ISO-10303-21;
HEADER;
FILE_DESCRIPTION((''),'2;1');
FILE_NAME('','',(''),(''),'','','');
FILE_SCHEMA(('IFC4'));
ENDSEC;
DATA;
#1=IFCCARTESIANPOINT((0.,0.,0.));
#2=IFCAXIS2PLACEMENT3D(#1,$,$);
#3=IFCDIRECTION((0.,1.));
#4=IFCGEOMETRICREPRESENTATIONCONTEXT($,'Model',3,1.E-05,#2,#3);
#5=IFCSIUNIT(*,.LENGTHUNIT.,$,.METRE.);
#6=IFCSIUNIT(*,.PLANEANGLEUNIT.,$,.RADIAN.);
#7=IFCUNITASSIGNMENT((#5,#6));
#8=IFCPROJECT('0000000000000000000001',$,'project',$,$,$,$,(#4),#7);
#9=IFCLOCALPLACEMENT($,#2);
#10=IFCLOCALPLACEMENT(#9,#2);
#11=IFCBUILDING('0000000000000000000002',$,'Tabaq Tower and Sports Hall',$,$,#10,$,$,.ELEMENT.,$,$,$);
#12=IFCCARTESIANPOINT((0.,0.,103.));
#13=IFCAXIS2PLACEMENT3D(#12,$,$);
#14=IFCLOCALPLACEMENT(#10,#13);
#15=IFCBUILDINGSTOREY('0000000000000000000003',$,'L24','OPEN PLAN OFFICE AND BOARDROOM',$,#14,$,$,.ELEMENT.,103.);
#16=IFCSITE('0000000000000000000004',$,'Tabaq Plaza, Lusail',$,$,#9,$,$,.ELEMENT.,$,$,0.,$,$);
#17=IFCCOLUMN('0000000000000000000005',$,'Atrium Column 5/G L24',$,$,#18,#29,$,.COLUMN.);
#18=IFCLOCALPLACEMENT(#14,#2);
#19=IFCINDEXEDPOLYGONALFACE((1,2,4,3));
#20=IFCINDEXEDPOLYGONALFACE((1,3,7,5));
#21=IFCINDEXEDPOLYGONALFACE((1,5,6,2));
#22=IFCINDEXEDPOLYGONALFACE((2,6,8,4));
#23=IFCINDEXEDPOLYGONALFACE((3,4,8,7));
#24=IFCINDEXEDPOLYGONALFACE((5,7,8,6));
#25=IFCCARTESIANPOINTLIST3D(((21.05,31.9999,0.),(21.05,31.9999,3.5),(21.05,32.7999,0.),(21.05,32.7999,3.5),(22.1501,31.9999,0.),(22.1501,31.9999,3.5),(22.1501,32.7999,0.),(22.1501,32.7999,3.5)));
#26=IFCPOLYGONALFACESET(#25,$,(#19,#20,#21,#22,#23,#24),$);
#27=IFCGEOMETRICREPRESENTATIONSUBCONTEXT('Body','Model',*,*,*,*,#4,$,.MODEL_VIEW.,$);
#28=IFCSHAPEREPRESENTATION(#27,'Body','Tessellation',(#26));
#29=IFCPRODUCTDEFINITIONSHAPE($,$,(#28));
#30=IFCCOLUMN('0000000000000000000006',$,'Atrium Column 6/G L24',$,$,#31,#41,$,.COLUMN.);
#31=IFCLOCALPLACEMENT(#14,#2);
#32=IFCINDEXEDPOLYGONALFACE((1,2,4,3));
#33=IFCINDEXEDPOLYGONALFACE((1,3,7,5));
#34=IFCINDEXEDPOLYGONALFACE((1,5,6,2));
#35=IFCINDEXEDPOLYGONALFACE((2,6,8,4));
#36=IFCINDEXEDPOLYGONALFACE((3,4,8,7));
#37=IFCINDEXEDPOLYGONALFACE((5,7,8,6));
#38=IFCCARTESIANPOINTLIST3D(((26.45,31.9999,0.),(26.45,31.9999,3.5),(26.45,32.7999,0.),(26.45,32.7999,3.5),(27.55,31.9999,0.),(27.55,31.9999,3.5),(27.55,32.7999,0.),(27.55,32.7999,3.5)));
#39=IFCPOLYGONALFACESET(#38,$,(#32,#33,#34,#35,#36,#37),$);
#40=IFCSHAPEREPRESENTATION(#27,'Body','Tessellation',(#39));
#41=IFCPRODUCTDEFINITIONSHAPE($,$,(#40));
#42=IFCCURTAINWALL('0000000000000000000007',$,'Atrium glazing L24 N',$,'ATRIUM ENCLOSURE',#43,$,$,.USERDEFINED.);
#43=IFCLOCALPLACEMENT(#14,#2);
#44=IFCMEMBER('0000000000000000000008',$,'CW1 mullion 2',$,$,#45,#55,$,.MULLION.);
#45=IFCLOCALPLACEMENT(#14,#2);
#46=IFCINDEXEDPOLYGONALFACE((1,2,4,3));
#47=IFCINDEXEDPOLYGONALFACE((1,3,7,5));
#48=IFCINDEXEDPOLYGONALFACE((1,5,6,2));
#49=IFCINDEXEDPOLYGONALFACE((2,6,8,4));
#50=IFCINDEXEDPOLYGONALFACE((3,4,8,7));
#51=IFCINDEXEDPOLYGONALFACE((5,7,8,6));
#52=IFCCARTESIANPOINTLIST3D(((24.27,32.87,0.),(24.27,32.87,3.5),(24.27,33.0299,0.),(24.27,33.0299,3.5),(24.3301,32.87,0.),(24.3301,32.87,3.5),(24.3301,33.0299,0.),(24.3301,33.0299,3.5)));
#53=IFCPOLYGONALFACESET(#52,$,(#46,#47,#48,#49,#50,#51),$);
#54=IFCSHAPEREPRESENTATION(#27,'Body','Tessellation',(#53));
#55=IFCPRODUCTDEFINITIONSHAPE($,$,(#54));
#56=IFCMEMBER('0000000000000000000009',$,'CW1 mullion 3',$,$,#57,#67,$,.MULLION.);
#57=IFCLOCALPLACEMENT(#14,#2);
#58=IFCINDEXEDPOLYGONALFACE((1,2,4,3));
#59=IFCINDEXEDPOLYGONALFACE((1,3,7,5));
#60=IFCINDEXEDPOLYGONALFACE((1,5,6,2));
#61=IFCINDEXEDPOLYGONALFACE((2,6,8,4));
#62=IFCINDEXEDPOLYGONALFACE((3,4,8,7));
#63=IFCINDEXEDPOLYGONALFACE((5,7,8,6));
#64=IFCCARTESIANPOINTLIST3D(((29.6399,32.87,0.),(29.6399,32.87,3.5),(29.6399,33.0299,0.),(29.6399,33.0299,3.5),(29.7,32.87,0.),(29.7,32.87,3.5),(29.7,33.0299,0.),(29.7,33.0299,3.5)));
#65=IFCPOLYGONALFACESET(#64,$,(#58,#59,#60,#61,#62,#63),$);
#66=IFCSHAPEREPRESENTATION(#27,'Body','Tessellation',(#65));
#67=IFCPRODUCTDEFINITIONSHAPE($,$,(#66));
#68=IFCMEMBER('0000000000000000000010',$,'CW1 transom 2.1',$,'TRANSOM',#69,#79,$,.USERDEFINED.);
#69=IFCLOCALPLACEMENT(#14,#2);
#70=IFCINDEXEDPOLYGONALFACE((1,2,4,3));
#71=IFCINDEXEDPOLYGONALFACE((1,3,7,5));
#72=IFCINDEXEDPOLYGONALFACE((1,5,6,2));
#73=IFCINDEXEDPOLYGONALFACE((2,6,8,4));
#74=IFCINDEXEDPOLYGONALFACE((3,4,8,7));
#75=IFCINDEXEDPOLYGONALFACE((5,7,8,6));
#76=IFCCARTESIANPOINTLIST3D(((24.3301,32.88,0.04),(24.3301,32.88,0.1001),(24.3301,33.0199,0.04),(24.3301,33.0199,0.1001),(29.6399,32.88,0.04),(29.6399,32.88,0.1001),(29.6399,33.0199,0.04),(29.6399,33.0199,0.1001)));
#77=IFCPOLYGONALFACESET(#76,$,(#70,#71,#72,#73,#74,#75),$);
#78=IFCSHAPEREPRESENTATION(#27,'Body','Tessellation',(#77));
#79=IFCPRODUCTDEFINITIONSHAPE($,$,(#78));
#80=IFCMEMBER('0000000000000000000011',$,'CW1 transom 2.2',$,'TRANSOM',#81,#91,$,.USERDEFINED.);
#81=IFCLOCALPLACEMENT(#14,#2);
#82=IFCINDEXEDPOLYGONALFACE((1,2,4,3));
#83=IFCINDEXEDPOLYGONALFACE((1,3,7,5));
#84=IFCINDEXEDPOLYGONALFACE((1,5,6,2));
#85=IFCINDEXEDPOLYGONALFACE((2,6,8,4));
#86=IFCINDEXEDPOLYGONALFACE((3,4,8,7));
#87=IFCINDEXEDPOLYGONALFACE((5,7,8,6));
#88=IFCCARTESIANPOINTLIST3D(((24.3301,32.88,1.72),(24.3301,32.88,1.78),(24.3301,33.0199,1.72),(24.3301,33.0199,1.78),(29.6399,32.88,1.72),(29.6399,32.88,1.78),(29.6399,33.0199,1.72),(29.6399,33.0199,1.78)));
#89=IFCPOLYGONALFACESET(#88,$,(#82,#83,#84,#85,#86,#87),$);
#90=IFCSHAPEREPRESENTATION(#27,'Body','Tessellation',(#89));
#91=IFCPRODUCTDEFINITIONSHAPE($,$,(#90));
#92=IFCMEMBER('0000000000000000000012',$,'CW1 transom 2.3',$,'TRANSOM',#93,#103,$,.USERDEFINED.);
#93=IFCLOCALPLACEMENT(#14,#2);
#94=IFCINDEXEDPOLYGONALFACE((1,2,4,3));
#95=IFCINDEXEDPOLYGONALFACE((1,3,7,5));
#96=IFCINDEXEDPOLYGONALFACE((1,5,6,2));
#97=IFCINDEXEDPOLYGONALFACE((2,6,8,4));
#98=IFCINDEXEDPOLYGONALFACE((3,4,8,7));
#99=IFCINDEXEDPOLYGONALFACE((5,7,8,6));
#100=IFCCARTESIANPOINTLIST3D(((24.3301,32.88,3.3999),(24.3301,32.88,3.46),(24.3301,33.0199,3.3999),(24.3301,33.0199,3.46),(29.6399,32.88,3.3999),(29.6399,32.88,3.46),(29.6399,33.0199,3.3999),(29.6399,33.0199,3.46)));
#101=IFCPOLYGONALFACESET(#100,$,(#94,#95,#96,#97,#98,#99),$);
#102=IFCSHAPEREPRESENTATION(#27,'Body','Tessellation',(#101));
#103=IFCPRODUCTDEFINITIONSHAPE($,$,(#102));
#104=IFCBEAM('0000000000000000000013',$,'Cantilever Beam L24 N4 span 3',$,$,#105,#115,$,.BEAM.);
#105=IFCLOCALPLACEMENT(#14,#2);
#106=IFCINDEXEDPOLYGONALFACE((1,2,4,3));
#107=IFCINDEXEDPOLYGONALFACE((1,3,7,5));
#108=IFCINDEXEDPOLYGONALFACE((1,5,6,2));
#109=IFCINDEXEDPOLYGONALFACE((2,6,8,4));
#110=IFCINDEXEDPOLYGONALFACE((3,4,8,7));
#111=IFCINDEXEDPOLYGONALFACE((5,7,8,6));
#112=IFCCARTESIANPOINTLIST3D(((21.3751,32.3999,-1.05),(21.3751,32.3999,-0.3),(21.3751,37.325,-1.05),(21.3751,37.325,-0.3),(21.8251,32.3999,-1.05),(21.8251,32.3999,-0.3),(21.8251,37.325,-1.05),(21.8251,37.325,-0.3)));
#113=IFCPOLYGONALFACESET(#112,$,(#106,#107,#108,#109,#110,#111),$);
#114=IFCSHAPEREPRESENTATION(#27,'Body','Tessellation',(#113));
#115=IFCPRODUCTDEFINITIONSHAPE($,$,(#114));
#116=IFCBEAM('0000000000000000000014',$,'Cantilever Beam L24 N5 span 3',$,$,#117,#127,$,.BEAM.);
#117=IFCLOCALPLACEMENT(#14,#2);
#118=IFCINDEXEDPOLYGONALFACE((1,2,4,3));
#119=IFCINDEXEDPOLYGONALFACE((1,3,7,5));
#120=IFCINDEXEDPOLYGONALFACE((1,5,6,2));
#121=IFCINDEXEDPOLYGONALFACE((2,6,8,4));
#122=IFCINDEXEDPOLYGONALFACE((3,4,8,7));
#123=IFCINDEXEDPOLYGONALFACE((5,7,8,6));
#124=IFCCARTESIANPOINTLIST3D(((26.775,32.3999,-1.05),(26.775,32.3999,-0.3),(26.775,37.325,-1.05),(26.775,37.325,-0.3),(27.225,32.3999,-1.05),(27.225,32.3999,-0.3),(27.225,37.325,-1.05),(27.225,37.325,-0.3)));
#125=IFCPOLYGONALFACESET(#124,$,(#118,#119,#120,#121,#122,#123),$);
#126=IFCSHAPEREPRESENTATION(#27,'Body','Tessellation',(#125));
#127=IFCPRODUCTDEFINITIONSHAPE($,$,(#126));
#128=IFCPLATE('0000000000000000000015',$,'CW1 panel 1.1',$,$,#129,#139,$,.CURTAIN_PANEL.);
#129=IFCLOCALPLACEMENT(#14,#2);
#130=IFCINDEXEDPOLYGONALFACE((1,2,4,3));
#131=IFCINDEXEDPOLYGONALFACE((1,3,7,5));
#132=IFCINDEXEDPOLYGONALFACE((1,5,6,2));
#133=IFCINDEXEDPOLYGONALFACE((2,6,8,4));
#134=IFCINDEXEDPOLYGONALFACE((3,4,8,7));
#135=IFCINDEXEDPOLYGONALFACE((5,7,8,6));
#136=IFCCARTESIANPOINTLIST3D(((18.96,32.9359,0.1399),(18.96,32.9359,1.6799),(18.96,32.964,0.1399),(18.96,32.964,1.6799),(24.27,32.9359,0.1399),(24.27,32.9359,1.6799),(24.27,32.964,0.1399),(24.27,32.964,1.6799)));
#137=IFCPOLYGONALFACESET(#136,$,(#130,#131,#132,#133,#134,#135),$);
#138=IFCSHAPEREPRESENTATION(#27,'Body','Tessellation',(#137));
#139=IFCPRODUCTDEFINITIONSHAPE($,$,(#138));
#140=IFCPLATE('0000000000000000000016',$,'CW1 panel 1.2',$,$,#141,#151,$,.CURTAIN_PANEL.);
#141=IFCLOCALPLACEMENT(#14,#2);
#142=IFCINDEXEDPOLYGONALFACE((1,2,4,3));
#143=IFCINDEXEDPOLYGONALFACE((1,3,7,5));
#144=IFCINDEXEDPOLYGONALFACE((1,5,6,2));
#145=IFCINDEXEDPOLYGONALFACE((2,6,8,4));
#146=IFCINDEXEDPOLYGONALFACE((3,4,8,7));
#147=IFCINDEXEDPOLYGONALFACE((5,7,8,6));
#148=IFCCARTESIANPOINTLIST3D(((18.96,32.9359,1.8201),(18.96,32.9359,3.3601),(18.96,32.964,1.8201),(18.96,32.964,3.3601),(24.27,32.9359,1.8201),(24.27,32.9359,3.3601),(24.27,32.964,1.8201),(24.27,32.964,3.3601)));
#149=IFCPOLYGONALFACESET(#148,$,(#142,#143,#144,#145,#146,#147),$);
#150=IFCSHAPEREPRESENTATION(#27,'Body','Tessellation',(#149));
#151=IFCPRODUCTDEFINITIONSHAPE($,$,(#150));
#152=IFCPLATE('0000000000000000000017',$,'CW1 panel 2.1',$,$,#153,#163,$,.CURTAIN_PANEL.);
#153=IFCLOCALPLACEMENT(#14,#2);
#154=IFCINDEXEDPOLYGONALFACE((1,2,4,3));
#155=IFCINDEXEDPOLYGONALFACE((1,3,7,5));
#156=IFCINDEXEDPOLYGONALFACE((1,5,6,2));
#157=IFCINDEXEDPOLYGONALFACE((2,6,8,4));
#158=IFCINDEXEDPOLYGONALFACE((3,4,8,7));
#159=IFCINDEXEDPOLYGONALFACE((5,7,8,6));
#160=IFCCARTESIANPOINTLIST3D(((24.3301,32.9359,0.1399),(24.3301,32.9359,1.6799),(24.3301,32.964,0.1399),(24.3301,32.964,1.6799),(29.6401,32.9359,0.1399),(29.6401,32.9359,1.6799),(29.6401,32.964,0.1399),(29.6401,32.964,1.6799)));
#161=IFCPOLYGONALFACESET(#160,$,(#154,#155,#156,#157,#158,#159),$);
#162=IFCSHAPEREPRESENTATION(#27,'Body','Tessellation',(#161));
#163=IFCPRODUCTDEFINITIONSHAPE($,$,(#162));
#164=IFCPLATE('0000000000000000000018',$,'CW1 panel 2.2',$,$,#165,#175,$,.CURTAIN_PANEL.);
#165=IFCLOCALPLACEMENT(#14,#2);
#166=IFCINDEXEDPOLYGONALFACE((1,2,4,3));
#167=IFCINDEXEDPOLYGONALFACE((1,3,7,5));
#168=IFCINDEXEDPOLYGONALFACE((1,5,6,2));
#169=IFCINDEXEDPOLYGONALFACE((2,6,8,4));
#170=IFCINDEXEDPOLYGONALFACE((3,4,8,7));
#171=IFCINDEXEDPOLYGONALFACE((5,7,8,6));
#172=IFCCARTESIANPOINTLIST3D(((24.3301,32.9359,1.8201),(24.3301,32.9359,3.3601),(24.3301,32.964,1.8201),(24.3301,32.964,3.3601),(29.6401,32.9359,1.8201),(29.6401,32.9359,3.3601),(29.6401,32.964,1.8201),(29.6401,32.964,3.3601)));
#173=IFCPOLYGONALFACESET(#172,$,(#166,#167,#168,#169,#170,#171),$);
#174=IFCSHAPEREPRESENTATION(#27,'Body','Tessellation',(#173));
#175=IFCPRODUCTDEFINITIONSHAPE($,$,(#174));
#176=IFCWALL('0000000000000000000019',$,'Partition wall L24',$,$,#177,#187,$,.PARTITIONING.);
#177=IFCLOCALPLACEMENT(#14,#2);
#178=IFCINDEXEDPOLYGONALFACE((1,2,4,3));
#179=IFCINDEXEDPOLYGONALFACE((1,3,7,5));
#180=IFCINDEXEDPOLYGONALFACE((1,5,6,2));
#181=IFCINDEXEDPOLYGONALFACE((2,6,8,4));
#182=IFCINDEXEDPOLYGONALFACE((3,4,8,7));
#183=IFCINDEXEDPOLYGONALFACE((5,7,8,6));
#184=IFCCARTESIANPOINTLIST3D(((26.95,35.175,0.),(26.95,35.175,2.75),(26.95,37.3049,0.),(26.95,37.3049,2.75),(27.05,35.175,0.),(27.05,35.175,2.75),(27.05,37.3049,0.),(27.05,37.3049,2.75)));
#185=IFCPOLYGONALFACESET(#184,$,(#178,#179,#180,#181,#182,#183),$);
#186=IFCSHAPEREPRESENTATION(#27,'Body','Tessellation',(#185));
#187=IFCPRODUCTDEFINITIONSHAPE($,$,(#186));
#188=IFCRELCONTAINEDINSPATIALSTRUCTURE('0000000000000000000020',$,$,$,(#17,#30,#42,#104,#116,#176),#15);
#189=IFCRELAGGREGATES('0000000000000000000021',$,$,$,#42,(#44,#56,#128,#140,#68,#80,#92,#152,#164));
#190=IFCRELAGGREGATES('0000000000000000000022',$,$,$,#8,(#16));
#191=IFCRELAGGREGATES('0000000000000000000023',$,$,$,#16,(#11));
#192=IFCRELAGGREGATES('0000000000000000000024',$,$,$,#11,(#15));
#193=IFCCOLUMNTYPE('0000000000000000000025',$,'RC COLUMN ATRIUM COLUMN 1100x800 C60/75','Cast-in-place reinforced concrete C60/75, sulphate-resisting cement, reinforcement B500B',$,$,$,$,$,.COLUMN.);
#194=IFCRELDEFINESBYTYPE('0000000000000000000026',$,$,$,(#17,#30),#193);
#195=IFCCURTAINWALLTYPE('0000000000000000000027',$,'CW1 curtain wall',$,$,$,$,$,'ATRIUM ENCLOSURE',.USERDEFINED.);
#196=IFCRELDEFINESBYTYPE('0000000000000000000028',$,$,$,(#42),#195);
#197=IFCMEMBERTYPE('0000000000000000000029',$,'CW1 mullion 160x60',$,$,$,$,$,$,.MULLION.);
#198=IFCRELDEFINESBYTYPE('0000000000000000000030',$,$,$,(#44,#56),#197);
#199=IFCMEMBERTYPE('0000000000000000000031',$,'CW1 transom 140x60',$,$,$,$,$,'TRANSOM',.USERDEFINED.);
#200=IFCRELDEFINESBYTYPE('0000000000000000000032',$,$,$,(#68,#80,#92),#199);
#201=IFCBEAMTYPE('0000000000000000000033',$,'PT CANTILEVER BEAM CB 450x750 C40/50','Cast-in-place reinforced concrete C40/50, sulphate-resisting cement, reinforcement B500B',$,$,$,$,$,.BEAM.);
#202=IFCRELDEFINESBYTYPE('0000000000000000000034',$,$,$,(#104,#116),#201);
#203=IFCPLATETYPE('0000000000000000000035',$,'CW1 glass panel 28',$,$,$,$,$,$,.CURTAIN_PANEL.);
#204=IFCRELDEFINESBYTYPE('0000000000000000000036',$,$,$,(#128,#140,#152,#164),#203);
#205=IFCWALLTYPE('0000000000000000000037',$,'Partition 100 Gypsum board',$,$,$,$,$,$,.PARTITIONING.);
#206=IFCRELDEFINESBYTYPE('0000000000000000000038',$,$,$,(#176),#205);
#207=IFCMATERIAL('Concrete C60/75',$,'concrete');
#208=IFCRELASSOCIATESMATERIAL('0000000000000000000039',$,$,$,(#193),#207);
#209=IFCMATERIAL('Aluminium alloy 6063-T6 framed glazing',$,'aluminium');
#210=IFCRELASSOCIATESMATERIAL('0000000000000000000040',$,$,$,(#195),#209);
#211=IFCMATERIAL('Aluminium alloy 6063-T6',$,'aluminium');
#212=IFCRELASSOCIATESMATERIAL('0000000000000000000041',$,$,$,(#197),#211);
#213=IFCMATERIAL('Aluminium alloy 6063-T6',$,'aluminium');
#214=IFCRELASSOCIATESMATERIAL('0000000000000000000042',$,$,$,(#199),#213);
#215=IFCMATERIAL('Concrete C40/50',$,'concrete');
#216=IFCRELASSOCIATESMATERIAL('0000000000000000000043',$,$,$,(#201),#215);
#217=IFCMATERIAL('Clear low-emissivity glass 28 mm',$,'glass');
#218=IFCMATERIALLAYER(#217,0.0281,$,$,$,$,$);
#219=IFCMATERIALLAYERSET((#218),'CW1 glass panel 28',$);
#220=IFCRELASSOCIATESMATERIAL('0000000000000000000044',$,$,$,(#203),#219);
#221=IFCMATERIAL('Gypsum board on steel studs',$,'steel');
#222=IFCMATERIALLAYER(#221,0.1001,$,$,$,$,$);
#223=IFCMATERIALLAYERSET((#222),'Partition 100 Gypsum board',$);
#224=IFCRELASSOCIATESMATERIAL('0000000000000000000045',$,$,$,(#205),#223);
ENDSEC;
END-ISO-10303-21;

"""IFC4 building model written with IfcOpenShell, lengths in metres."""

from ifc_helpers import new_model, si_unit, direction, frame, frame_2d, origin, origin_2d, place, context, subcontext, project, spatial, rectangle, extrude, material, layer, layer_set, material_profile, profile_set, type_object, element, aggregate, save


model = new_model("IFC4")

# Units and contexts
model_context = context("Model", 3, precision=1e-05, world=origin(), true_north=direction((0.0, 1.0)))
body_context = subcontext(model_context, "Body", "Model", "MODEL_VIEW")
ifc_project = project(units=[si_unit("LENGTHUNIT", "METRE"), si_unit("PLANEANGLEUNIT", "RADIAN")], contexts=[model_context])

# Site, building, storey
site_placement = place(None, origin())
site = spatial("IfcSite", under=ifc_project, at=site_placement, Name="Tabaq Plaza, Lusail", CompositionType="ELEMENT", RefElevation=0.0)
building_placement = place(site_placement, origin())
building = spatial("IfcBuilding", under=site, at=building_placement, Name="Tabaq Tower and Sports Hall", CompositionType="ELEMENT")
storey_placement = place(building_placement, frame((0.0, 0.0, 103.0)))
storey = spatial("IfcBuildingStorey", under=building, at=storey_placement, Name="L24", Description="OPEN PLAN OFFICE AND BOARDROOM", CompositionType="ELEMENT", Elevation=103.0)

# Columns
ifc_material_1 = material(Name="Concrete C60/75", Category="concrete")
ifc_material_profile_1 = material_profile(ifc_material_1, rectangle(XDim=1.1001, YDim=0.8, at=origin_2d()), Name="ATRIUM COLUMN 1100x800")
ifc_profile_set_1 = profile_set([ifc_material_profile_1], Name="Concrete C60/75")
column_type = type_object("IfcColumnType", Name="RC COLUMN ATRIUM COLUMN 1100x800 C60/75", Description="Cast-in-place reinforced concrete C60/75, sulphate-resisting cement, reinforcement B500B", PredefinedType="COLUMN", material=ifc_profile_set_1)
for number, where, z_axis, x_axis, name in (
    (1, (21.6001, 32.3999, 0.0), (0.0, 0.0, 1.0), (1.0, 0.0, 0.0), "Atrium Column 5/G L24"),
    (2, (27.0, 32.3999, 0.0), (0.0, 0.0, 1.0), (1.0, 0.0, 0.0), "Atrium Column 6/G L24"),
):
    element("IfcColumn", number, at=place(storey_placement, frame(where, z_axis=z_axis, x_axis=x_axis)), inside=storey, type_object=column_type, Name=name, PredefinedType="COLUMN", context=body_context, shape_type="SweptSolid", body=[
        extrude(rectangle(XDim=1.1001, YDim=0.8, at=origin_2d()), origin(), (0.0, 0.0, 1.0), 3.5),
    ])

# Curtain wall, members
ifc_material_2 = material(Name="Aluminium alloy 6063-T6 framed glazing", Category="aluminium")
curtain_wall_type = type_object("IfcCurtainWallType", Name="CW1 curtain wall", ElementType="ATRIUM ENCLOSURE", PredefinedType="USERDEFINED", material=ifc_material_2)
curtain_wall_placement = place(storey_placement, origin())
curtain_wall = element("IfcCurtainWall", 3, at=curtain_wall_placement, inside=storey, type_object=curtain_wall_type, Name="Atrium glazing L24 N", ObjectType="ATRIUM ENCLOSURE", PredefinedType="USERDEFINED")
ifc_material_3 = material(Name="Aluminium alloy 6063-T6", Category="aluminium")
ifc_material_profile_2 = material_profile(ifc_material_3, rectangle(XDim=0.1599, YDim=0.0601, at=origin_2d()), Name="MULLION 160x60")
ifc_profile_set_2 = profile_set([ifc_material_profile_2], Name="Aluminium alloy 6063-T6")
member_type_1 = type_object("IfcMemberType", Name="CW1 mullion 160x60", PredefinedType="MULLION", material=ifc_profile_set_2)
member_1_placement = place(storey_placement, frame((24.3, 32.95, 0.0), z_axis=(0.0, 0.0, 1.0), x_axis=(0.0, 1.0, 0.0)))
member_1 = element("IfcMember", 4, at=member_1_placement, type_object=member_type_1, Name="CW1 mullion 2", PredefinedType="MULLION", context=body_context, shape_type="SweptSolid", body=[
    extrude(rectangle(XDim=0.1599, YDim=0.0601, at=origin_2d()), origin(), (0.0, 0.0, 1.0), 3.5),
])
member_2_placement = place(storey_placement, frame((29.6699, 32.95, 0.0), z_axis=(0.0, 0.0, 1.0), x_axis=(0.0, 1.0, 0.0)))
member_2 = element("IfcMember", 5, at=member_2_placement, type_object=member_type_1, Name="CW1 mullion 3", PredefinedType="MULLION", context=body_context, shape_type="SweptSolid", body=[
    extrude(rectangle(XDim=0.1599, YDim=0.0601, at=origin_2d()), origin(), (0.0, 0.0, 1.0), 3.5),
])
ifc_material_4 = material(Name="Aluminium alloy 6063-T6", Category="aluminium")
ifc_material_profile_3 = material_profile(ifc_material_4, rectangle(XDim=0.1399, YDim=0.0601, at=origin_2d()), Name="TRANSOM 140x60")
ifc_profile_set_3 = profile_set([ifc_material_profile_3], Name="Aluminium alloy 6063-T6")
member_type_2 = type_object("IfcMemberType", Name="CW1 transom 140x60", ElementType="TRANSOM", PredefinedType="USERDEFINED", material=ifc_profile_set_3)
member_3_placement = place(storey_placement, frame((24.3301, 32.95, 0.0701), z_axis=(1.0, 0.0, 0.0), x_axis=(0.0, 1.0, 0.0)))
member_3 = element("IfcMember", 6, at=member_3_placement, type_object=member_type_2, Name="CW1 transom 2.1", ObjectType="TRANSOM", PredefinedType="USERDEFINED", context=body_context, shape_type="SweptSolid", body=[
    extrude(rectangle(XDim=0.1399, YDim=0.0601, at=origin_2d()), origin(), (0.0, 0.0, 1.0), 5.3098),
])
member_4_placement = place(storey_placement, frame((24.3301, 32.95, 1.75), z_axis=(1.0, 0.0, 0.0), x_axis=(0.0, 1.0, 0.0)))
member_4 = element("IfcMember", 7, at=member_4_placement, type_object=member_type_2, Name="CW1 transom 2.2", ObjectType="TRANSOM", PredefinedType="USERDEFINED", context=body_context, shape_type="SweptSolid", body=[
    extrude(rectangle(XDim=0.1399, YDim=0.0601, at=origin_2d()), origin(), (0.0, 0.0, 1.0), 5.3098),
])
member_5_placement = place(storey_placement, frame((24.3301, 32.95, 3.4299), z_axis=(1.0, 0.0, 0.0), x_axis=(0.0, 1.0, 0.0)))
member_5 = element("IfcMember", 8, at=member_5_placement, type_object=member_type_2, Name="CW1 transom 2.3", ObjectType="TRANSOM", PredefinedType="USERDEFINED", context=body_context, shape_type="SweptSolid", body=[
    extrude(rectangle(XDim=0.1399, YDim=0.0601, at=origin_2d()), origin(), (0.0, 0.0, 1.0), 5.3098),
])

# Beams
ifc_material_5 = material(Name="Concrete C40/50", Category="concrete")
ifc_material_profile_4 = material_profile(ifc_material_5, rectangle(XDim=0.45, YDim=0.75, at=origin_2d()), Name="CB 450x750")
ifc_profile_set_4 = profile_set([ifc_material_profile_4], Name="Concrete C40/50")
beam_type = type_object("IfcBeamType", Name="PT CANTILEVER BEAM CB 450x750 C40/50", Description="Cast-in-place reinforced concrete C40/50, sulphate-resisting cement, reinforcement B500B", PredefinedType="BEAM", material=ifc_profile_set_4)
for number, where, z_axis, x_axis, name in (
    (9, (21.6001, 37.325, -0.675), (0.0, -1.0, 0.0), (1.0, 0.0, 0.0), "Cantilever Beam L24 N4 span 3"),
    (10, (27.0, 37.325, -0.675), (0.0, -1.0, 0.0), (1.0, 0.0, 0.0), "Cantilever Beam L24 N5 span 3"),
):
    element("IfcBeam", number, at=place(storey_placement, frame(where, z_axis=z_axis, x_axis=x_axis)), inside=storey, type_object=beam_type, Name=name, PredefinedType="BEAM", context=body_context, shape_type="SweptSolid", body=[
        extrude(rectangle(XDim=0.45, YDim=0.75, at=origin_2d()), origin(), (0.0, 0.0, 1.0), 4.925),
    ])

# Plates
ifc_material_6 = material(Name="Clear low-emissivity glass 28 mm", Category="glass")
ifc_layer_1 = layer(ifc_material_6, 0.0281)
ifc_layer_set_1 = layer_set([ifc_layer_1], Name="CW1 glass panel 28")
plate_type = type_object("IfcPlateType", Name="CW1 glass panel 28", PredefinedType="CURTAIN_PANEL", material=ifc_layer_set_1)
plate_1_placement = place(storey_placement, frame((21.615, 32.95, 0.1399), z_axis=(0.0, 0.0, 1.0), x_axis=(1.0, 0.0, 0.0)))
plate_1 = element("IfcPlate", 11, at=plate_1_placement, type_object=plate_type, Name="CW1 panel 1.1", PredefinedType="CURTAIN_PANEL", context=body_context, shape_type="SweptSolid", body=[
    extrude(rectangle(XDim=5.3101, YDim=0.0281, at=origin_2d()), origin(), (0.0, 0.0, 1.0), 1.54),
])
plate_2_placement = place(storey_placement, frame((21.615, 32.95, 1.8201), z_axis=(0.0, 0.0, 1.0), x_axis=(1.0, 0.0, 0.0)))
plate_2 = element("IfcPlate", 12, at=plate_2_placement, type_object=plate_type, Name="CW1 panel 1.2", PredefinedType="CURTAIN_PANEL", context=body_context, shape_type="SweptSolid", body=[
    extrude(rectangle(XDim=5.3101, YDim=0.0281, at=origin_2d()), origin(), (0.0, 0.0, 1.0), 1.54),
])
plate_3_placement = place(storey_placement, frame((26.9851, 32.95, 0.1399), z_axis=(0.0, 0.0, 1.0), x_axis=(1.0, 0.0, 0.0)))
plate_3 = element("IfcPlate", 13, at=plate_3_placement, type_object=plate_type, Name="CW1 panel 2.1", PredefinedType="CURTAIN_PANEL", context=body_context, shape_type="SweptSolid", body=[
    extrude(rectangle(XDim=5.3101, YDim=0.0281, at=origin_2d()), origin(), (0.0, 0.0, 1.0), 1.54),
])
plate_4_placement = place(storey_placement, frame((26.9851, 32.95, 1.8201), z_axis=(0.0, 0.0, 1.0), x_axis=(1.0, 0.0, 0.0)))
plate_4 = element("IfcPlate", 14, at=plate_4_placement, type_object=plate_type, Name="CW1 panel 2.2", PredefinedType="CURTAIN_PANEL", context=body_context, shape_type="SweptSolid", body=[
    extrude(rectangle(XDim=5.3101, YDim=0.0281, at=origin_2d()), origin(), (0.0, 0.0, 1.0), 1.54),
])
aggregate(curtain_wall, [member_1, member_2, plate_1, plate_2, member_3, member_4, member_5, plate_3, plate_4])

# Wall
ifc_material_7 = material(Name="Gypsum board on steel studs", Category="steel")
ifc_layer_2 = layer(ifc_material_7, 0.1001)
ifc_layer_set_2 = layer_set([ifc_layer_2], Name="Partition 100 Gypsum board")
wall_type_1 = type_object("IfcWallType", Name="Partition 100 Gypsum board", PredefinedType="PARTITIONING", material=ifc_layer_set_2)
wall_1_placement = place(storey_placement, frame((27.0, 35.175, 0.0), z_axis=(0.0, 0.0, 1.0), x_axis=(0.0, 1.0, 0.0)))
element("IfcWall", 15, at=wall_1_placement, inside=storey, type_object=wall_type_1, Name="Partition wall L24", PredefinedType="PARTITIONING", context=body_context, shape_type="SweptSolid", body=[
    extrude(rectangle(XDim=2.1299, YDim=0.1001, at=frame_2d((1.0649, 0.0))), origin(), (0.0, 0.0, 1.0), 2.75),
])

save(model, "model.ifc")
